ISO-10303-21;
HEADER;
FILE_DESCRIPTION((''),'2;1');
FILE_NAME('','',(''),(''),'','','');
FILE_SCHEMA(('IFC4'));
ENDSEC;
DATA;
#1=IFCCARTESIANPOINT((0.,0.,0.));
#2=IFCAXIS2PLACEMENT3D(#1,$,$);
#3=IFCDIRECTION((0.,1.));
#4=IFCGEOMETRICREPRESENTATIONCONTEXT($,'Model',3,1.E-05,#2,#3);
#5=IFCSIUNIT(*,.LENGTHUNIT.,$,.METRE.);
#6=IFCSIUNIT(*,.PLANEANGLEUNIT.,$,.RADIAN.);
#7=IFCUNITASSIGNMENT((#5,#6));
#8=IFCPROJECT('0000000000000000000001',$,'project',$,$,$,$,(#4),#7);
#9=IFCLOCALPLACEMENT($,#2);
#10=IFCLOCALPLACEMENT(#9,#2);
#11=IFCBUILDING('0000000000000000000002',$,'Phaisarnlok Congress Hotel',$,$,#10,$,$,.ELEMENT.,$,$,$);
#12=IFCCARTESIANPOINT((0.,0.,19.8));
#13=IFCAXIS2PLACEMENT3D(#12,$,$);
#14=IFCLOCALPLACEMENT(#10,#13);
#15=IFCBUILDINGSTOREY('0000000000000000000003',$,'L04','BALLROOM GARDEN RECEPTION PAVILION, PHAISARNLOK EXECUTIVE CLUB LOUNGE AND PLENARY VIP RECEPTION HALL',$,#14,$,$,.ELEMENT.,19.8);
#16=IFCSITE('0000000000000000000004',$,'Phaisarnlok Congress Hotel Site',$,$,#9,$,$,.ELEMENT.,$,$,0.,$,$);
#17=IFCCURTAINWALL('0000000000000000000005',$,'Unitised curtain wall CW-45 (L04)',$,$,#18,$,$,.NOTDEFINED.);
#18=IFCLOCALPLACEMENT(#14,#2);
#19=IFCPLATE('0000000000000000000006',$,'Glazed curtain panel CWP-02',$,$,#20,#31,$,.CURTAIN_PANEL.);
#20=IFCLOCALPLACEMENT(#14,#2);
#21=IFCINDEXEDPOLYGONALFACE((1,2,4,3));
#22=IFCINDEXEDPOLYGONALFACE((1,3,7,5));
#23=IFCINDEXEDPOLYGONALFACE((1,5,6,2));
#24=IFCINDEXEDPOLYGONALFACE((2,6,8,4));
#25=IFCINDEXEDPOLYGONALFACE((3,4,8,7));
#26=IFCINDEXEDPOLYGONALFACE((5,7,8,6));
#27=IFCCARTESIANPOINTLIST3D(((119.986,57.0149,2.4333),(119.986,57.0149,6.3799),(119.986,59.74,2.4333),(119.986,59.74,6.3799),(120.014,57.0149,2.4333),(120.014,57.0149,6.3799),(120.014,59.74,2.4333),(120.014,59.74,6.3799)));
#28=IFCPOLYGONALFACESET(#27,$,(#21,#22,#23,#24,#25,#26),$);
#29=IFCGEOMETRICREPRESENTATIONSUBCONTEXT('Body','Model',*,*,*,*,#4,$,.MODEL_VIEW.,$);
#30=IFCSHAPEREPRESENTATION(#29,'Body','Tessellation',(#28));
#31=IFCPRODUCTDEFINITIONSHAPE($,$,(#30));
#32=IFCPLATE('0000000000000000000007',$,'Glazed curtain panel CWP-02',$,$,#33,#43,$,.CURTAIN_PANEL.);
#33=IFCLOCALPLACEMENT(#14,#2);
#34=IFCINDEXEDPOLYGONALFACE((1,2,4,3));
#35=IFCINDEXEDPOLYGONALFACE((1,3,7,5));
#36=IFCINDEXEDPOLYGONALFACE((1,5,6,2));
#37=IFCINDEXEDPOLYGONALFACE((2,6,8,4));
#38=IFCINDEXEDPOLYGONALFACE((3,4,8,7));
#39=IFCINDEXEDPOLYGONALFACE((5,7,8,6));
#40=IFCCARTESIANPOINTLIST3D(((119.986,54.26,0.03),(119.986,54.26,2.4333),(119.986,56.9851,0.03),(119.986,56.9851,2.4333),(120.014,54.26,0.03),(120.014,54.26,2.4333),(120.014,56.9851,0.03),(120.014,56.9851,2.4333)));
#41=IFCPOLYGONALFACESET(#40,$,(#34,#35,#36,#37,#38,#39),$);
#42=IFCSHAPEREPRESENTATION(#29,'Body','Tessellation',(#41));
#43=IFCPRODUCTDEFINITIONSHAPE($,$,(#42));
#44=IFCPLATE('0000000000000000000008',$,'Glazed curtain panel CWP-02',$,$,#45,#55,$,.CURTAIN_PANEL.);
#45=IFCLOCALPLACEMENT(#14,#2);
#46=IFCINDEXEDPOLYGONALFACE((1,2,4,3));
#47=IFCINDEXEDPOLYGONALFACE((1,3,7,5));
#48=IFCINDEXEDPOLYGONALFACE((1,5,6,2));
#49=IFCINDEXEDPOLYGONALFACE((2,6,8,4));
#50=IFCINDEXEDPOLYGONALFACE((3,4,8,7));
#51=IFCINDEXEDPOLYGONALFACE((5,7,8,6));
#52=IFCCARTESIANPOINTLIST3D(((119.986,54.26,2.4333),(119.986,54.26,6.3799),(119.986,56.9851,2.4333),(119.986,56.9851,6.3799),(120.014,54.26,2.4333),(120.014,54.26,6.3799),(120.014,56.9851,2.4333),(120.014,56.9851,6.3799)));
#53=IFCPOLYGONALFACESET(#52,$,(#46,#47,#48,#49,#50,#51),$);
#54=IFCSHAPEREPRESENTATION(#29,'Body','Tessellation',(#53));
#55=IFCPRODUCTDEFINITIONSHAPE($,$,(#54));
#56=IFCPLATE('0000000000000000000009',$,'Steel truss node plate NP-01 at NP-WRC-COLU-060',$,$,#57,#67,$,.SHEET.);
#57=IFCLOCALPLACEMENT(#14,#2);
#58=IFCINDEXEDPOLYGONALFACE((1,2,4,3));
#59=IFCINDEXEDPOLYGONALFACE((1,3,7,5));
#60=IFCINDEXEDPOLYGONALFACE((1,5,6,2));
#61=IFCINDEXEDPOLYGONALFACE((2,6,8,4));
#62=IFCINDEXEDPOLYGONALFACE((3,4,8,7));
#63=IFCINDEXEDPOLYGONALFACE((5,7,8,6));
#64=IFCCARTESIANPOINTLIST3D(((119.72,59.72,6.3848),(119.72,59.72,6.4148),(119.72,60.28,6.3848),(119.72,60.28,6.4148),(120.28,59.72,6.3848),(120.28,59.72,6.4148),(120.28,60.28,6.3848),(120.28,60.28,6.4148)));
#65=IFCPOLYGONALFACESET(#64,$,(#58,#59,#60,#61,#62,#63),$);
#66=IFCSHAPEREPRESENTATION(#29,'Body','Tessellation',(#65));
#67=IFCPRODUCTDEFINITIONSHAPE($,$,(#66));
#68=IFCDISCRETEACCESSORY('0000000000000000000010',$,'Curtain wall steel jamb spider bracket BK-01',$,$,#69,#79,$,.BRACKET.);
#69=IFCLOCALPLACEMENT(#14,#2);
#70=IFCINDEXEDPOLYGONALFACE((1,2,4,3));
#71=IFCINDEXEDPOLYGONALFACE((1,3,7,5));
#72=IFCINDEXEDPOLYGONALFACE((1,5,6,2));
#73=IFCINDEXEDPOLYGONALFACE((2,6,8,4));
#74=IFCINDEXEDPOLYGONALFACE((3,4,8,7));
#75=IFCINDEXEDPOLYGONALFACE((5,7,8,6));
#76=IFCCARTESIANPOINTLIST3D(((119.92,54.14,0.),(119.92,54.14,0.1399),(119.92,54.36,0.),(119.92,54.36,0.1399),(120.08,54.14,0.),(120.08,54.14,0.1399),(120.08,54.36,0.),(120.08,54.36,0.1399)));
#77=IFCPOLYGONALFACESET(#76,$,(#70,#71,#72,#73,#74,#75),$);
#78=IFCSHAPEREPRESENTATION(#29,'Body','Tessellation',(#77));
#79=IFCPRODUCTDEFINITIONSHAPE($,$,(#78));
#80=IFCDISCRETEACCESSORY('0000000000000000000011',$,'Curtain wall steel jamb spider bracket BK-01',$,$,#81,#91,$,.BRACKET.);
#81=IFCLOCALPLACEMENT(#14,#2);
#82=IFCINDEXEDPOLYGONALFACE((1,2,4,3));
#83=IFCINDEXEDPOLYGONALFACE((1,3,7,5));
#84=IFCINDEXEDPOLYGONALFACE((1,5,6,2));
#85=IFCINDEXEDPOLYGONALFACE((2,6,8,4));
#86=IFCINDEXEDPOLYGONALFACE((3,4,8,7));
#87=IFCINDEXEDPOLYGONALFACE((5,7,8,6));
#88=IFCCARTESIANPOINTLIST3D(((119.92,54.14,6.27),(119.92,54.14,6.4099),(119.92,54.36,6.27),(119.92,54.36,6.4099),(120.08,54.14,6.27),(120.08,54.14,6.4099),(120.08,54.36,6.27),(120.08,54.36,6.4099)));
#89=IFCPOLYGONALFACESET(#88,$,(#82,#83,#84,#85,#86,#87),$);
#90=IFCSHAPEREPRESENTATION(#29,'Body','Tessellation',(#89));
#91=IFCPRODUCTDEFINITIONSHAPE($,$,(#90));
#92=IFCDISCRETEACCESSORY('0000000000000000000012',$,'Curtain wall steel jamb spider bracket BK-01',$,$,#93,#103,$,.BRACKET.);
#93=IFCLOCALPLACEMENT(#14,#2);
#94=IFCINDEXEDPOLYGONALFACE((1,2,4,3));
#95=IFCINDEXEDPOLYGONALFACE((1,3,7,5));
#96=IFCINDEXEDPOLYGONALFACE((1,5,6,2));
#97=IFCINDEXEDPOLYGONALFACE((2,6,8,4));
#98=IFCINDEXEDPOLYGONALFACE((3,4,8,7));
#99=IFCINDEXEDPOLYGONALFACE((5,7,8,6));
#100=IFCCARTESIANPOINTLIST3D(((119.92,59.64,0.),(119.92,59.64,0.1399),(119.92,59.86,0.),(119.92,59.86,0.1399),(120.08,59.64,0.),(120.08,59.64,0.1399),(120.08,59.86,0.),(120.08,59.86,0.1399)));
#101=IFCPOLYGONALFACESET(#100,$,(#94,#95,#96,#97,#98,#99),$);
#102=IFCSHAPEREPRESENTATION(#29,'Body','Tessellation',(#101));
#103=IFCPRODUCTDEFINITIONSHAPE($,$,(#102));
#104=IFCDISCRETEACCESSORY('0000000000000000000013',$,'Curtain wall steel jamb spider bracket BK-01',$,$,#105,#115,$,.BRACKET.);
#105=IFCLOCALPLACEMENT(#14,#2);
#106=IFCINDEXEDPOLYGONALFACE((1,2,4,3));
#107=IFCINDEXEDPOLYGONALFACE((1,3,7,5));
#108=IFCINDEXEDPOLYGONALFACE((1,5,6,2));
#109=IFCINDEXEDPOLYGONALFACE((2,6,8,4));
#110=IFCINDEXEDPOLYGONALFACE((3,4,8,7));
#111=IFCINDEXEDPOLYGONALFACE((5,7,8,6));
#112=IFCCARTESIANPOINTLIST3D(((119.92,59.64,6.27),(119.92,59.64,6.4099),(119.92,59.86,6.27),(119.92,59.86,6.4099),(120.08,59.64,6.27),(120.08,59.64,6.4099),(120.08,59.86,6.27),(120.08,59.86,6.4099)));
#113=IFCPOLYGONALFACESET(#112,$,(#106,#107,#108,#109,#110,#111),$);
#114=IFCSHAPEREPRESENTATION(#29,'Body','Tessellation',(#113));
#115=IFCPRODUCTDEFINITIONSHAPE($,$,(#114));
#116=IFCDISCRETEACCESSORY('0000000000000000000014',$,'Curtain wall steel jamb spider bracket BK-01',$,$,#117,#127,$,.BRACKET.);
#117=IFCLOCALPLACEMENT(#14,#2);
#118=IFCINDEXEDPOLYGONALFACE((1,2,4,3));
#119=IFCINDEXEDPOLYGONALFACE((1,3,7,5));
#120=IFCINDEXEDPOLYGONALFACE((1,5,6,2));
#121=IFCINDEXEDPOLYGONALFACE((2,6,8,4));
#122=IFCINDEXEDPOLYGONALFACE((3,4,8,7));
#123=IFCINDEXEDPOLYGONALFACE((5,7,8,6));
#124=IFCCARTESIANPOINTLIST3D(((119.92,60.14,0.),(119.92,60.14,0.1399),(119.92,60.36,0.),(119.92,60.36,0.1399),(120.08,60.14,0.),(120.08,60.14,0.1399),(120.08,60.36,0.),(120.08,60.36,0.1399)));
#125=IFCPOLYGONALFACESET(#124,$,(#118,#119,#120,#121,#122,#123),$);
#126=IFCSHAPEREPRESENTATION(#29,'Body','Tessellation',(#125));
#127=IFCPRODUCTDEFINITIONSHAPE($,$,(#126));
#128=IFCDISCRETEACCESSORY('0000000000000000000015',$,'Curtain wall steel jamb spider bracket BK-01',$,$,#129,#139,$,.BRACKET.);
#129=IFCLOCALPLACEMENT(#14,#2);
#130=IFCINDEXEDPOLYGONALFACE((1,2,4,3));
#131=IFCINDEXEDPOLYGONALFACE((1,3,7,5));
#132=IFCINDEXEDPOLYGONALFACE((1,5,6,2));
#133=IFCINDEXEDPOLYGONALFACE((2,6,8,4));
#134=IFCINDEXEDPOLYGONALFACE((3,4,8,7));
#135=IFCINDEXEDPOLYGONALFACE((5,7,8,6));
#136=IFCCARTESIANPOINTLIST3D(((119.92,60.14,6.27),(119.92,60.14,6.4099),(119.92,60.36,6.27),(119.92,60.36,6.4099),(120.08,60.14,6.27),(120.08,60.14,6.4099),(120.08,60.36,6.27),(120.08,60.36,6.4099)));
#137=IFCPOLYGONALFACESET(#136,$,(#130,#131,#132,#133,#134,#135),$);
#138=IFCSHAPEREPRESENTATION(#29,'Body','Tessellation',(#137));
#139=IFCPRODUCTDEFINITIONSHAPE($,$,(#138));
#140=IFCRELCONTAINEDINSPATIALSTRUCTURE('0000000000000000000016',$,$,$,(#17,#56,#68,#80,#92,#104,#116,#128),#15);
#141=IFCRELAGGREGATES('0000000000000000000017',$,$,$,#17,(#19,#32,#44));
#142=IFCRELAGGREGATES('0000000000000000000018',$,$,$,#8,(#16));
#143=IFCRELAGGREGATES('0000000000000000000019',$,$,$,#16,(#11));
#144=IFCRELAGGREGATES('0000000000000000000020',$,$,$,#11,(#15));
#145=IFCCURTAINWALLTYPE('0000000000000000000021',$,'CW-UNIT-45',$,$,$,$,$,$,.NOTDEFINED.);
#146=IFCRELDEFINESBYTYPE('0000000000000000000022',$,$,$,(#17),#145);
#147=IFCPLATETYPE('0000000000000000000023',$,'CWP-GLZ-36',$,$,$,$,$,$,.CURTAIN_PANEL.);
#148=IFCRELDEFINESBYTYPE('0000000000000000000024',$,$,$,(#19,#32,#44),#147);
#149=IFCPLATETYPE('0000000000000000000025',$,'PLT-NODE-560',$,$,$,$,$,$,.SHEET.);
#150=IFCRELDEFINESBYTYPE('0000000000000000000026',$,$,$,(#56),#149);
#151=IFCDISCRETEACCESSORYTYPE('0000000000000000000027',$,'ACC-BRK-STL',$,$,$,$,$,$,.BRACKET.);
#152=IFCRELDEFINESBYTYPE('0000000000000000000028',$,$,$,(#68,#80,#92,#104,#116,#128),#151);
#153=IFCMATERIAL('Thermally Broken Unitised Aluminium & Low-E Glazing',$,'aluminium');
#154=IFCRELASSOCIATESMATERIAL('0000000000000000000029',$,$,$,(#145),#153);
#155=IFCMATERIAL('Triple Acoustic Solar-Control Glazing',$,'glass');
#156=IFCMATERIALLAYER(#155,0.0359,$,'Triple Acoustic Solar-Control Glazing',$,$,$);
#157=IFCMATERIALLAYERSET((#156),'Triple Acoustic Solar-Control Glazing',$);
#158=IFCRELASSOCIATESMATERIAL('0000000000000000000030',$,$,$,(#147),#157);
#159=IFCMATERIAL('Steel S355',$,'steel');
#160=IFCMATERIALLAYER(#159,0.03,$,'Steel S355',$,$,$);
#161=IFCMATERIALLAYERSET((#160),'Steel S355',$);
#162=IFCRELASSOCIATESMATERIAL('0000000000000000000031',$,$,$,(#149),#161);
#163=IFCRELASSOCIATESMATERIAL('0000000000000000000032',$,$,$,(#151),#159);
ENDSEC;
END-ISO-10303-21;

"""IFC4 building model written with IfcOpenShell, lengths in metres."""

from ifc_helpers import new_model, si_unit, direction, frame, frame_2d, origin, origin_2d, place, context, subcontext, project, spatial, rectangle, extrude, material, layer, layer_set, type_object, element, aggregate, save


model = new_model("IFC4")

# Units and contexts
model_context = context("Model", 3, precision=1e-05, world=origin(), true_north=direction((0.0, 1.0)))
body_context = subcontext(model_context, "Body", "Model", "MODEL_VIEW")
ifc_project = project(units=[si_unit("LENGTHUNIT", "METRE"), si_unit("PLANEANGLEUNIT", "RADIAN")], contexts=[model_context])

# Site, building, storey
site_placement = place(None, origin())
site = spatial("IfcSite", under=ifc_project, at=site_placement, Name="Phaisarnlok Congress Hotel Site", CompositionType="ELEMENT", RefElevation=0.0)
building_placement = place(site_placement, origin())
building = spatial("IfcBuilding", under=site, at=building_placement, Name="Phaisarnlok Congress Hotel", CompositionType="ELEMENT")
storey_placement = place(building_placement, frame((0.0, 0.0, 19.8)))
storey = spatial("IfcBuildingStorey", under=building, at=storey_placement, Name="L04", Description="BALLROOM GARDEN RECEPTION PAVILION, PHAISARNLOK EXECUTIVE CLUB LOUNGE AND PLENARY VIP RECEPTION HALL", CompositionType="ELEMENT", Elevation=19.8)

# Shared definitions
ifc_material_1 = material(Name="Steel S355", Category="steel")

# Curtain wall
ifc_material_2 = material(Name="Thermally Broken Unitised Aluminium & Low-E Glazing", Category="aluminium")
curtain_wall_type = type_object("IfcCurtainWallType", Name="CW-UNIT-45", PredefinedType="NOTDEFINED", material=ifc_material_2)
curtain_wall_1_placement = place(storey_placement, origin())
curtain_wall_1 = element("IfcCurtainWall", 1, at=curtain_wall_1_placement, inside=storey, type_object=curtain_wall_type, Name="Unitised curtain wall CW-45 (L04)", PredefinedType="NOTDEFINED")

# Plates
ifc_material_3 = material(Name="Triple Acoustic Solar-Control Glazing", Category="glass")
ifc_layer_1 = layer(ifc_material_3, 0.0359, Name="Triple Acoustic Solar-Control Glazing")
ifc_layer_set_1 = layer_set([ifc_layer_1], Name="Triple Acoustic Solar-Control Glazing")
plate_type_1 = type_object("IfcPlateType", Name="CWP-GLZ-36", PredefinedType="CURTAIN_PANEL", material=ifc_layer_set_1)
plate_1_placement = place(storey_placement, frame((120.0, 59.74, 2.4333), z_axis=(0.0, 0.0, 1.0), x_axis=(0.0, -1.0, 0.0)))
plate_1 = element("IfcPlate", 2, at=plate_1_placement, type_object=plate_type_1, Name="Glazed curtain panel CWP-02", PredefinedType="CURTAIN_PANEL", context=body_context, shape_type="SweptSolid", body=[
    extrude(rectangle(XDim=2.7251, YDim=0.0281, at=frame_2d((1.3625, 0.0))), origin(), (0.0, 0.0, 1.0), 3.9465),
])
plate_2_placement = place(storey_placement, frame((120.0, 56.9851, 0.03), z_axis=(0.0, 0.0, 1.0), x_axis=(0.0, -1.0, 0.0)))
plate_2 = element("IfcPlate", 3, at=plate_2_placement, type_object=plate_type_1, Name="Glazed curtain panel CWP-02", PredefinedType="CURTAIN_PANEL", context=body_context, shape_type="SweptSolid", body=[
    extrude(rectangle(XDim=2.7251, YDim=0.0281, at=frame_2d((1.3625, 0.0))), origin(), (0.0, 0.0, 1.0), 2.4033),
])
plate_3_placement = place(storey_placement, frame((120.0, 56.9851, 2.4333), z_axis=(0.0, 0.0, 1.0), x_axis=(0.0, -1.0, 0.0)))
plate_3 = element("IfcPlate", 4, at=plate_3_placement, type_object=plate_type_1, Name="Glazed curtain panel CWP-02", PredefinedType="CURTAIN_PANEL", context=body_context, shape_type="SweptSolid", body=[
    extrude(rectangle(XDim=2.7251, YDim=0.0281, at=frame_2d((1.3625, 0.0))), origin(), (0.0, 0.0, 1.0), 3.9465),
])
aggregate(curtain_wall_1, [plate_1, plate_2, plate_3])
ifc_layer_2 = layer(ifc_material_1, 0.03, Name="Steel S355")
ifc_layer_set_2 = layer_set([ifc_layer_2], Name="Steel S355")
plate_type_2 = type_object("IfcPlateType", Name="PLT-NODE-560", PredefinedType="SHEET", material=ifc_layer_set_2)
plate_4_placement = place(storey_placement, frame((120.0, 60.0, 6.3848), z_axis=(0.0, 0.0, 1.0), x_axis=(1.0, 0.0, 0.0)))
element("IfcPlate", 5, at=plate_4_placement, inside=storey, type_object=plate_type_2, Name="Steel truss node plate NP-01 at NP-WRC-COLU-060", PredefinedType="SHEET", context=body_context, shape_type="SweptSolid", body=[
    extrude(rectangle(XDim=0.5601, YDim=0.5601, at=origin_2d()), origin(), (0.0, 0.0, 1.0), 0.03),
])

# Discrete accessories
discrete_accessory_type = type_object("IfcDiscreteAccessoryType", Name="ACC-BRK-STL", PredefinedType="BRACKET", material=ifc_material_1)
for number, where, z_axis, x_axis, name in (
    (6, (120.0, 54.25, 0.0), (0.0, 0.0, 1.0), (1.0, 0.0, 0.0), "Curtain wall steel jamb spider bracket BK-01"),
    (7, (120.0, 54.25, 6.27), (0.0, 0.0, 1.0), (1.0, 0.0, 0.0), "Curtain wall steel jamb spider bracket BK-01"),
    (8, (120.0, 59.75, 0.0), (0.0, 0.0, 1.0), (1.0, 0.0, 0.0), "Curtain wall steel jamb spider bracket BK-01"),
    (9, (120.0, 59.75, 6.27), (0.0, 0.0, 1.0), (1.0, 0.0, 0.0), "Curtain wall steel jamb spider bracket BK-01"),
    (10, (120.0, 60.25, 0.0), (0.0, 0.0, 1.0), (1.0, 0.0, 0.0), "Curtain wall steel jamb spider bracket BK-01"),
    (11, (120.0, 60.25, 6.27), (0.0, 0.0, 1.0), (1.0, 0.0, 0.0), "Curtain wall steel jamb spider bracket BK-01"),
):
    element("IfcDiscreteAccessory", number, at=place(storey_placement, frame(where, z_axis=z_axis, x_axis=x_axis)), inside=storey, type_object=discrete_accessory_type, Name=name, PredefinedType="BRACKET", context=body_context, shape_type="SweptSolid", body=[
        extrude(rectangle(XDim=0.1599, YDim=0.22, at=origin_2d()), origin(), (0.0, 0.0, 1.0), 0.1399),
    ])

save(model, "model.ifc")
